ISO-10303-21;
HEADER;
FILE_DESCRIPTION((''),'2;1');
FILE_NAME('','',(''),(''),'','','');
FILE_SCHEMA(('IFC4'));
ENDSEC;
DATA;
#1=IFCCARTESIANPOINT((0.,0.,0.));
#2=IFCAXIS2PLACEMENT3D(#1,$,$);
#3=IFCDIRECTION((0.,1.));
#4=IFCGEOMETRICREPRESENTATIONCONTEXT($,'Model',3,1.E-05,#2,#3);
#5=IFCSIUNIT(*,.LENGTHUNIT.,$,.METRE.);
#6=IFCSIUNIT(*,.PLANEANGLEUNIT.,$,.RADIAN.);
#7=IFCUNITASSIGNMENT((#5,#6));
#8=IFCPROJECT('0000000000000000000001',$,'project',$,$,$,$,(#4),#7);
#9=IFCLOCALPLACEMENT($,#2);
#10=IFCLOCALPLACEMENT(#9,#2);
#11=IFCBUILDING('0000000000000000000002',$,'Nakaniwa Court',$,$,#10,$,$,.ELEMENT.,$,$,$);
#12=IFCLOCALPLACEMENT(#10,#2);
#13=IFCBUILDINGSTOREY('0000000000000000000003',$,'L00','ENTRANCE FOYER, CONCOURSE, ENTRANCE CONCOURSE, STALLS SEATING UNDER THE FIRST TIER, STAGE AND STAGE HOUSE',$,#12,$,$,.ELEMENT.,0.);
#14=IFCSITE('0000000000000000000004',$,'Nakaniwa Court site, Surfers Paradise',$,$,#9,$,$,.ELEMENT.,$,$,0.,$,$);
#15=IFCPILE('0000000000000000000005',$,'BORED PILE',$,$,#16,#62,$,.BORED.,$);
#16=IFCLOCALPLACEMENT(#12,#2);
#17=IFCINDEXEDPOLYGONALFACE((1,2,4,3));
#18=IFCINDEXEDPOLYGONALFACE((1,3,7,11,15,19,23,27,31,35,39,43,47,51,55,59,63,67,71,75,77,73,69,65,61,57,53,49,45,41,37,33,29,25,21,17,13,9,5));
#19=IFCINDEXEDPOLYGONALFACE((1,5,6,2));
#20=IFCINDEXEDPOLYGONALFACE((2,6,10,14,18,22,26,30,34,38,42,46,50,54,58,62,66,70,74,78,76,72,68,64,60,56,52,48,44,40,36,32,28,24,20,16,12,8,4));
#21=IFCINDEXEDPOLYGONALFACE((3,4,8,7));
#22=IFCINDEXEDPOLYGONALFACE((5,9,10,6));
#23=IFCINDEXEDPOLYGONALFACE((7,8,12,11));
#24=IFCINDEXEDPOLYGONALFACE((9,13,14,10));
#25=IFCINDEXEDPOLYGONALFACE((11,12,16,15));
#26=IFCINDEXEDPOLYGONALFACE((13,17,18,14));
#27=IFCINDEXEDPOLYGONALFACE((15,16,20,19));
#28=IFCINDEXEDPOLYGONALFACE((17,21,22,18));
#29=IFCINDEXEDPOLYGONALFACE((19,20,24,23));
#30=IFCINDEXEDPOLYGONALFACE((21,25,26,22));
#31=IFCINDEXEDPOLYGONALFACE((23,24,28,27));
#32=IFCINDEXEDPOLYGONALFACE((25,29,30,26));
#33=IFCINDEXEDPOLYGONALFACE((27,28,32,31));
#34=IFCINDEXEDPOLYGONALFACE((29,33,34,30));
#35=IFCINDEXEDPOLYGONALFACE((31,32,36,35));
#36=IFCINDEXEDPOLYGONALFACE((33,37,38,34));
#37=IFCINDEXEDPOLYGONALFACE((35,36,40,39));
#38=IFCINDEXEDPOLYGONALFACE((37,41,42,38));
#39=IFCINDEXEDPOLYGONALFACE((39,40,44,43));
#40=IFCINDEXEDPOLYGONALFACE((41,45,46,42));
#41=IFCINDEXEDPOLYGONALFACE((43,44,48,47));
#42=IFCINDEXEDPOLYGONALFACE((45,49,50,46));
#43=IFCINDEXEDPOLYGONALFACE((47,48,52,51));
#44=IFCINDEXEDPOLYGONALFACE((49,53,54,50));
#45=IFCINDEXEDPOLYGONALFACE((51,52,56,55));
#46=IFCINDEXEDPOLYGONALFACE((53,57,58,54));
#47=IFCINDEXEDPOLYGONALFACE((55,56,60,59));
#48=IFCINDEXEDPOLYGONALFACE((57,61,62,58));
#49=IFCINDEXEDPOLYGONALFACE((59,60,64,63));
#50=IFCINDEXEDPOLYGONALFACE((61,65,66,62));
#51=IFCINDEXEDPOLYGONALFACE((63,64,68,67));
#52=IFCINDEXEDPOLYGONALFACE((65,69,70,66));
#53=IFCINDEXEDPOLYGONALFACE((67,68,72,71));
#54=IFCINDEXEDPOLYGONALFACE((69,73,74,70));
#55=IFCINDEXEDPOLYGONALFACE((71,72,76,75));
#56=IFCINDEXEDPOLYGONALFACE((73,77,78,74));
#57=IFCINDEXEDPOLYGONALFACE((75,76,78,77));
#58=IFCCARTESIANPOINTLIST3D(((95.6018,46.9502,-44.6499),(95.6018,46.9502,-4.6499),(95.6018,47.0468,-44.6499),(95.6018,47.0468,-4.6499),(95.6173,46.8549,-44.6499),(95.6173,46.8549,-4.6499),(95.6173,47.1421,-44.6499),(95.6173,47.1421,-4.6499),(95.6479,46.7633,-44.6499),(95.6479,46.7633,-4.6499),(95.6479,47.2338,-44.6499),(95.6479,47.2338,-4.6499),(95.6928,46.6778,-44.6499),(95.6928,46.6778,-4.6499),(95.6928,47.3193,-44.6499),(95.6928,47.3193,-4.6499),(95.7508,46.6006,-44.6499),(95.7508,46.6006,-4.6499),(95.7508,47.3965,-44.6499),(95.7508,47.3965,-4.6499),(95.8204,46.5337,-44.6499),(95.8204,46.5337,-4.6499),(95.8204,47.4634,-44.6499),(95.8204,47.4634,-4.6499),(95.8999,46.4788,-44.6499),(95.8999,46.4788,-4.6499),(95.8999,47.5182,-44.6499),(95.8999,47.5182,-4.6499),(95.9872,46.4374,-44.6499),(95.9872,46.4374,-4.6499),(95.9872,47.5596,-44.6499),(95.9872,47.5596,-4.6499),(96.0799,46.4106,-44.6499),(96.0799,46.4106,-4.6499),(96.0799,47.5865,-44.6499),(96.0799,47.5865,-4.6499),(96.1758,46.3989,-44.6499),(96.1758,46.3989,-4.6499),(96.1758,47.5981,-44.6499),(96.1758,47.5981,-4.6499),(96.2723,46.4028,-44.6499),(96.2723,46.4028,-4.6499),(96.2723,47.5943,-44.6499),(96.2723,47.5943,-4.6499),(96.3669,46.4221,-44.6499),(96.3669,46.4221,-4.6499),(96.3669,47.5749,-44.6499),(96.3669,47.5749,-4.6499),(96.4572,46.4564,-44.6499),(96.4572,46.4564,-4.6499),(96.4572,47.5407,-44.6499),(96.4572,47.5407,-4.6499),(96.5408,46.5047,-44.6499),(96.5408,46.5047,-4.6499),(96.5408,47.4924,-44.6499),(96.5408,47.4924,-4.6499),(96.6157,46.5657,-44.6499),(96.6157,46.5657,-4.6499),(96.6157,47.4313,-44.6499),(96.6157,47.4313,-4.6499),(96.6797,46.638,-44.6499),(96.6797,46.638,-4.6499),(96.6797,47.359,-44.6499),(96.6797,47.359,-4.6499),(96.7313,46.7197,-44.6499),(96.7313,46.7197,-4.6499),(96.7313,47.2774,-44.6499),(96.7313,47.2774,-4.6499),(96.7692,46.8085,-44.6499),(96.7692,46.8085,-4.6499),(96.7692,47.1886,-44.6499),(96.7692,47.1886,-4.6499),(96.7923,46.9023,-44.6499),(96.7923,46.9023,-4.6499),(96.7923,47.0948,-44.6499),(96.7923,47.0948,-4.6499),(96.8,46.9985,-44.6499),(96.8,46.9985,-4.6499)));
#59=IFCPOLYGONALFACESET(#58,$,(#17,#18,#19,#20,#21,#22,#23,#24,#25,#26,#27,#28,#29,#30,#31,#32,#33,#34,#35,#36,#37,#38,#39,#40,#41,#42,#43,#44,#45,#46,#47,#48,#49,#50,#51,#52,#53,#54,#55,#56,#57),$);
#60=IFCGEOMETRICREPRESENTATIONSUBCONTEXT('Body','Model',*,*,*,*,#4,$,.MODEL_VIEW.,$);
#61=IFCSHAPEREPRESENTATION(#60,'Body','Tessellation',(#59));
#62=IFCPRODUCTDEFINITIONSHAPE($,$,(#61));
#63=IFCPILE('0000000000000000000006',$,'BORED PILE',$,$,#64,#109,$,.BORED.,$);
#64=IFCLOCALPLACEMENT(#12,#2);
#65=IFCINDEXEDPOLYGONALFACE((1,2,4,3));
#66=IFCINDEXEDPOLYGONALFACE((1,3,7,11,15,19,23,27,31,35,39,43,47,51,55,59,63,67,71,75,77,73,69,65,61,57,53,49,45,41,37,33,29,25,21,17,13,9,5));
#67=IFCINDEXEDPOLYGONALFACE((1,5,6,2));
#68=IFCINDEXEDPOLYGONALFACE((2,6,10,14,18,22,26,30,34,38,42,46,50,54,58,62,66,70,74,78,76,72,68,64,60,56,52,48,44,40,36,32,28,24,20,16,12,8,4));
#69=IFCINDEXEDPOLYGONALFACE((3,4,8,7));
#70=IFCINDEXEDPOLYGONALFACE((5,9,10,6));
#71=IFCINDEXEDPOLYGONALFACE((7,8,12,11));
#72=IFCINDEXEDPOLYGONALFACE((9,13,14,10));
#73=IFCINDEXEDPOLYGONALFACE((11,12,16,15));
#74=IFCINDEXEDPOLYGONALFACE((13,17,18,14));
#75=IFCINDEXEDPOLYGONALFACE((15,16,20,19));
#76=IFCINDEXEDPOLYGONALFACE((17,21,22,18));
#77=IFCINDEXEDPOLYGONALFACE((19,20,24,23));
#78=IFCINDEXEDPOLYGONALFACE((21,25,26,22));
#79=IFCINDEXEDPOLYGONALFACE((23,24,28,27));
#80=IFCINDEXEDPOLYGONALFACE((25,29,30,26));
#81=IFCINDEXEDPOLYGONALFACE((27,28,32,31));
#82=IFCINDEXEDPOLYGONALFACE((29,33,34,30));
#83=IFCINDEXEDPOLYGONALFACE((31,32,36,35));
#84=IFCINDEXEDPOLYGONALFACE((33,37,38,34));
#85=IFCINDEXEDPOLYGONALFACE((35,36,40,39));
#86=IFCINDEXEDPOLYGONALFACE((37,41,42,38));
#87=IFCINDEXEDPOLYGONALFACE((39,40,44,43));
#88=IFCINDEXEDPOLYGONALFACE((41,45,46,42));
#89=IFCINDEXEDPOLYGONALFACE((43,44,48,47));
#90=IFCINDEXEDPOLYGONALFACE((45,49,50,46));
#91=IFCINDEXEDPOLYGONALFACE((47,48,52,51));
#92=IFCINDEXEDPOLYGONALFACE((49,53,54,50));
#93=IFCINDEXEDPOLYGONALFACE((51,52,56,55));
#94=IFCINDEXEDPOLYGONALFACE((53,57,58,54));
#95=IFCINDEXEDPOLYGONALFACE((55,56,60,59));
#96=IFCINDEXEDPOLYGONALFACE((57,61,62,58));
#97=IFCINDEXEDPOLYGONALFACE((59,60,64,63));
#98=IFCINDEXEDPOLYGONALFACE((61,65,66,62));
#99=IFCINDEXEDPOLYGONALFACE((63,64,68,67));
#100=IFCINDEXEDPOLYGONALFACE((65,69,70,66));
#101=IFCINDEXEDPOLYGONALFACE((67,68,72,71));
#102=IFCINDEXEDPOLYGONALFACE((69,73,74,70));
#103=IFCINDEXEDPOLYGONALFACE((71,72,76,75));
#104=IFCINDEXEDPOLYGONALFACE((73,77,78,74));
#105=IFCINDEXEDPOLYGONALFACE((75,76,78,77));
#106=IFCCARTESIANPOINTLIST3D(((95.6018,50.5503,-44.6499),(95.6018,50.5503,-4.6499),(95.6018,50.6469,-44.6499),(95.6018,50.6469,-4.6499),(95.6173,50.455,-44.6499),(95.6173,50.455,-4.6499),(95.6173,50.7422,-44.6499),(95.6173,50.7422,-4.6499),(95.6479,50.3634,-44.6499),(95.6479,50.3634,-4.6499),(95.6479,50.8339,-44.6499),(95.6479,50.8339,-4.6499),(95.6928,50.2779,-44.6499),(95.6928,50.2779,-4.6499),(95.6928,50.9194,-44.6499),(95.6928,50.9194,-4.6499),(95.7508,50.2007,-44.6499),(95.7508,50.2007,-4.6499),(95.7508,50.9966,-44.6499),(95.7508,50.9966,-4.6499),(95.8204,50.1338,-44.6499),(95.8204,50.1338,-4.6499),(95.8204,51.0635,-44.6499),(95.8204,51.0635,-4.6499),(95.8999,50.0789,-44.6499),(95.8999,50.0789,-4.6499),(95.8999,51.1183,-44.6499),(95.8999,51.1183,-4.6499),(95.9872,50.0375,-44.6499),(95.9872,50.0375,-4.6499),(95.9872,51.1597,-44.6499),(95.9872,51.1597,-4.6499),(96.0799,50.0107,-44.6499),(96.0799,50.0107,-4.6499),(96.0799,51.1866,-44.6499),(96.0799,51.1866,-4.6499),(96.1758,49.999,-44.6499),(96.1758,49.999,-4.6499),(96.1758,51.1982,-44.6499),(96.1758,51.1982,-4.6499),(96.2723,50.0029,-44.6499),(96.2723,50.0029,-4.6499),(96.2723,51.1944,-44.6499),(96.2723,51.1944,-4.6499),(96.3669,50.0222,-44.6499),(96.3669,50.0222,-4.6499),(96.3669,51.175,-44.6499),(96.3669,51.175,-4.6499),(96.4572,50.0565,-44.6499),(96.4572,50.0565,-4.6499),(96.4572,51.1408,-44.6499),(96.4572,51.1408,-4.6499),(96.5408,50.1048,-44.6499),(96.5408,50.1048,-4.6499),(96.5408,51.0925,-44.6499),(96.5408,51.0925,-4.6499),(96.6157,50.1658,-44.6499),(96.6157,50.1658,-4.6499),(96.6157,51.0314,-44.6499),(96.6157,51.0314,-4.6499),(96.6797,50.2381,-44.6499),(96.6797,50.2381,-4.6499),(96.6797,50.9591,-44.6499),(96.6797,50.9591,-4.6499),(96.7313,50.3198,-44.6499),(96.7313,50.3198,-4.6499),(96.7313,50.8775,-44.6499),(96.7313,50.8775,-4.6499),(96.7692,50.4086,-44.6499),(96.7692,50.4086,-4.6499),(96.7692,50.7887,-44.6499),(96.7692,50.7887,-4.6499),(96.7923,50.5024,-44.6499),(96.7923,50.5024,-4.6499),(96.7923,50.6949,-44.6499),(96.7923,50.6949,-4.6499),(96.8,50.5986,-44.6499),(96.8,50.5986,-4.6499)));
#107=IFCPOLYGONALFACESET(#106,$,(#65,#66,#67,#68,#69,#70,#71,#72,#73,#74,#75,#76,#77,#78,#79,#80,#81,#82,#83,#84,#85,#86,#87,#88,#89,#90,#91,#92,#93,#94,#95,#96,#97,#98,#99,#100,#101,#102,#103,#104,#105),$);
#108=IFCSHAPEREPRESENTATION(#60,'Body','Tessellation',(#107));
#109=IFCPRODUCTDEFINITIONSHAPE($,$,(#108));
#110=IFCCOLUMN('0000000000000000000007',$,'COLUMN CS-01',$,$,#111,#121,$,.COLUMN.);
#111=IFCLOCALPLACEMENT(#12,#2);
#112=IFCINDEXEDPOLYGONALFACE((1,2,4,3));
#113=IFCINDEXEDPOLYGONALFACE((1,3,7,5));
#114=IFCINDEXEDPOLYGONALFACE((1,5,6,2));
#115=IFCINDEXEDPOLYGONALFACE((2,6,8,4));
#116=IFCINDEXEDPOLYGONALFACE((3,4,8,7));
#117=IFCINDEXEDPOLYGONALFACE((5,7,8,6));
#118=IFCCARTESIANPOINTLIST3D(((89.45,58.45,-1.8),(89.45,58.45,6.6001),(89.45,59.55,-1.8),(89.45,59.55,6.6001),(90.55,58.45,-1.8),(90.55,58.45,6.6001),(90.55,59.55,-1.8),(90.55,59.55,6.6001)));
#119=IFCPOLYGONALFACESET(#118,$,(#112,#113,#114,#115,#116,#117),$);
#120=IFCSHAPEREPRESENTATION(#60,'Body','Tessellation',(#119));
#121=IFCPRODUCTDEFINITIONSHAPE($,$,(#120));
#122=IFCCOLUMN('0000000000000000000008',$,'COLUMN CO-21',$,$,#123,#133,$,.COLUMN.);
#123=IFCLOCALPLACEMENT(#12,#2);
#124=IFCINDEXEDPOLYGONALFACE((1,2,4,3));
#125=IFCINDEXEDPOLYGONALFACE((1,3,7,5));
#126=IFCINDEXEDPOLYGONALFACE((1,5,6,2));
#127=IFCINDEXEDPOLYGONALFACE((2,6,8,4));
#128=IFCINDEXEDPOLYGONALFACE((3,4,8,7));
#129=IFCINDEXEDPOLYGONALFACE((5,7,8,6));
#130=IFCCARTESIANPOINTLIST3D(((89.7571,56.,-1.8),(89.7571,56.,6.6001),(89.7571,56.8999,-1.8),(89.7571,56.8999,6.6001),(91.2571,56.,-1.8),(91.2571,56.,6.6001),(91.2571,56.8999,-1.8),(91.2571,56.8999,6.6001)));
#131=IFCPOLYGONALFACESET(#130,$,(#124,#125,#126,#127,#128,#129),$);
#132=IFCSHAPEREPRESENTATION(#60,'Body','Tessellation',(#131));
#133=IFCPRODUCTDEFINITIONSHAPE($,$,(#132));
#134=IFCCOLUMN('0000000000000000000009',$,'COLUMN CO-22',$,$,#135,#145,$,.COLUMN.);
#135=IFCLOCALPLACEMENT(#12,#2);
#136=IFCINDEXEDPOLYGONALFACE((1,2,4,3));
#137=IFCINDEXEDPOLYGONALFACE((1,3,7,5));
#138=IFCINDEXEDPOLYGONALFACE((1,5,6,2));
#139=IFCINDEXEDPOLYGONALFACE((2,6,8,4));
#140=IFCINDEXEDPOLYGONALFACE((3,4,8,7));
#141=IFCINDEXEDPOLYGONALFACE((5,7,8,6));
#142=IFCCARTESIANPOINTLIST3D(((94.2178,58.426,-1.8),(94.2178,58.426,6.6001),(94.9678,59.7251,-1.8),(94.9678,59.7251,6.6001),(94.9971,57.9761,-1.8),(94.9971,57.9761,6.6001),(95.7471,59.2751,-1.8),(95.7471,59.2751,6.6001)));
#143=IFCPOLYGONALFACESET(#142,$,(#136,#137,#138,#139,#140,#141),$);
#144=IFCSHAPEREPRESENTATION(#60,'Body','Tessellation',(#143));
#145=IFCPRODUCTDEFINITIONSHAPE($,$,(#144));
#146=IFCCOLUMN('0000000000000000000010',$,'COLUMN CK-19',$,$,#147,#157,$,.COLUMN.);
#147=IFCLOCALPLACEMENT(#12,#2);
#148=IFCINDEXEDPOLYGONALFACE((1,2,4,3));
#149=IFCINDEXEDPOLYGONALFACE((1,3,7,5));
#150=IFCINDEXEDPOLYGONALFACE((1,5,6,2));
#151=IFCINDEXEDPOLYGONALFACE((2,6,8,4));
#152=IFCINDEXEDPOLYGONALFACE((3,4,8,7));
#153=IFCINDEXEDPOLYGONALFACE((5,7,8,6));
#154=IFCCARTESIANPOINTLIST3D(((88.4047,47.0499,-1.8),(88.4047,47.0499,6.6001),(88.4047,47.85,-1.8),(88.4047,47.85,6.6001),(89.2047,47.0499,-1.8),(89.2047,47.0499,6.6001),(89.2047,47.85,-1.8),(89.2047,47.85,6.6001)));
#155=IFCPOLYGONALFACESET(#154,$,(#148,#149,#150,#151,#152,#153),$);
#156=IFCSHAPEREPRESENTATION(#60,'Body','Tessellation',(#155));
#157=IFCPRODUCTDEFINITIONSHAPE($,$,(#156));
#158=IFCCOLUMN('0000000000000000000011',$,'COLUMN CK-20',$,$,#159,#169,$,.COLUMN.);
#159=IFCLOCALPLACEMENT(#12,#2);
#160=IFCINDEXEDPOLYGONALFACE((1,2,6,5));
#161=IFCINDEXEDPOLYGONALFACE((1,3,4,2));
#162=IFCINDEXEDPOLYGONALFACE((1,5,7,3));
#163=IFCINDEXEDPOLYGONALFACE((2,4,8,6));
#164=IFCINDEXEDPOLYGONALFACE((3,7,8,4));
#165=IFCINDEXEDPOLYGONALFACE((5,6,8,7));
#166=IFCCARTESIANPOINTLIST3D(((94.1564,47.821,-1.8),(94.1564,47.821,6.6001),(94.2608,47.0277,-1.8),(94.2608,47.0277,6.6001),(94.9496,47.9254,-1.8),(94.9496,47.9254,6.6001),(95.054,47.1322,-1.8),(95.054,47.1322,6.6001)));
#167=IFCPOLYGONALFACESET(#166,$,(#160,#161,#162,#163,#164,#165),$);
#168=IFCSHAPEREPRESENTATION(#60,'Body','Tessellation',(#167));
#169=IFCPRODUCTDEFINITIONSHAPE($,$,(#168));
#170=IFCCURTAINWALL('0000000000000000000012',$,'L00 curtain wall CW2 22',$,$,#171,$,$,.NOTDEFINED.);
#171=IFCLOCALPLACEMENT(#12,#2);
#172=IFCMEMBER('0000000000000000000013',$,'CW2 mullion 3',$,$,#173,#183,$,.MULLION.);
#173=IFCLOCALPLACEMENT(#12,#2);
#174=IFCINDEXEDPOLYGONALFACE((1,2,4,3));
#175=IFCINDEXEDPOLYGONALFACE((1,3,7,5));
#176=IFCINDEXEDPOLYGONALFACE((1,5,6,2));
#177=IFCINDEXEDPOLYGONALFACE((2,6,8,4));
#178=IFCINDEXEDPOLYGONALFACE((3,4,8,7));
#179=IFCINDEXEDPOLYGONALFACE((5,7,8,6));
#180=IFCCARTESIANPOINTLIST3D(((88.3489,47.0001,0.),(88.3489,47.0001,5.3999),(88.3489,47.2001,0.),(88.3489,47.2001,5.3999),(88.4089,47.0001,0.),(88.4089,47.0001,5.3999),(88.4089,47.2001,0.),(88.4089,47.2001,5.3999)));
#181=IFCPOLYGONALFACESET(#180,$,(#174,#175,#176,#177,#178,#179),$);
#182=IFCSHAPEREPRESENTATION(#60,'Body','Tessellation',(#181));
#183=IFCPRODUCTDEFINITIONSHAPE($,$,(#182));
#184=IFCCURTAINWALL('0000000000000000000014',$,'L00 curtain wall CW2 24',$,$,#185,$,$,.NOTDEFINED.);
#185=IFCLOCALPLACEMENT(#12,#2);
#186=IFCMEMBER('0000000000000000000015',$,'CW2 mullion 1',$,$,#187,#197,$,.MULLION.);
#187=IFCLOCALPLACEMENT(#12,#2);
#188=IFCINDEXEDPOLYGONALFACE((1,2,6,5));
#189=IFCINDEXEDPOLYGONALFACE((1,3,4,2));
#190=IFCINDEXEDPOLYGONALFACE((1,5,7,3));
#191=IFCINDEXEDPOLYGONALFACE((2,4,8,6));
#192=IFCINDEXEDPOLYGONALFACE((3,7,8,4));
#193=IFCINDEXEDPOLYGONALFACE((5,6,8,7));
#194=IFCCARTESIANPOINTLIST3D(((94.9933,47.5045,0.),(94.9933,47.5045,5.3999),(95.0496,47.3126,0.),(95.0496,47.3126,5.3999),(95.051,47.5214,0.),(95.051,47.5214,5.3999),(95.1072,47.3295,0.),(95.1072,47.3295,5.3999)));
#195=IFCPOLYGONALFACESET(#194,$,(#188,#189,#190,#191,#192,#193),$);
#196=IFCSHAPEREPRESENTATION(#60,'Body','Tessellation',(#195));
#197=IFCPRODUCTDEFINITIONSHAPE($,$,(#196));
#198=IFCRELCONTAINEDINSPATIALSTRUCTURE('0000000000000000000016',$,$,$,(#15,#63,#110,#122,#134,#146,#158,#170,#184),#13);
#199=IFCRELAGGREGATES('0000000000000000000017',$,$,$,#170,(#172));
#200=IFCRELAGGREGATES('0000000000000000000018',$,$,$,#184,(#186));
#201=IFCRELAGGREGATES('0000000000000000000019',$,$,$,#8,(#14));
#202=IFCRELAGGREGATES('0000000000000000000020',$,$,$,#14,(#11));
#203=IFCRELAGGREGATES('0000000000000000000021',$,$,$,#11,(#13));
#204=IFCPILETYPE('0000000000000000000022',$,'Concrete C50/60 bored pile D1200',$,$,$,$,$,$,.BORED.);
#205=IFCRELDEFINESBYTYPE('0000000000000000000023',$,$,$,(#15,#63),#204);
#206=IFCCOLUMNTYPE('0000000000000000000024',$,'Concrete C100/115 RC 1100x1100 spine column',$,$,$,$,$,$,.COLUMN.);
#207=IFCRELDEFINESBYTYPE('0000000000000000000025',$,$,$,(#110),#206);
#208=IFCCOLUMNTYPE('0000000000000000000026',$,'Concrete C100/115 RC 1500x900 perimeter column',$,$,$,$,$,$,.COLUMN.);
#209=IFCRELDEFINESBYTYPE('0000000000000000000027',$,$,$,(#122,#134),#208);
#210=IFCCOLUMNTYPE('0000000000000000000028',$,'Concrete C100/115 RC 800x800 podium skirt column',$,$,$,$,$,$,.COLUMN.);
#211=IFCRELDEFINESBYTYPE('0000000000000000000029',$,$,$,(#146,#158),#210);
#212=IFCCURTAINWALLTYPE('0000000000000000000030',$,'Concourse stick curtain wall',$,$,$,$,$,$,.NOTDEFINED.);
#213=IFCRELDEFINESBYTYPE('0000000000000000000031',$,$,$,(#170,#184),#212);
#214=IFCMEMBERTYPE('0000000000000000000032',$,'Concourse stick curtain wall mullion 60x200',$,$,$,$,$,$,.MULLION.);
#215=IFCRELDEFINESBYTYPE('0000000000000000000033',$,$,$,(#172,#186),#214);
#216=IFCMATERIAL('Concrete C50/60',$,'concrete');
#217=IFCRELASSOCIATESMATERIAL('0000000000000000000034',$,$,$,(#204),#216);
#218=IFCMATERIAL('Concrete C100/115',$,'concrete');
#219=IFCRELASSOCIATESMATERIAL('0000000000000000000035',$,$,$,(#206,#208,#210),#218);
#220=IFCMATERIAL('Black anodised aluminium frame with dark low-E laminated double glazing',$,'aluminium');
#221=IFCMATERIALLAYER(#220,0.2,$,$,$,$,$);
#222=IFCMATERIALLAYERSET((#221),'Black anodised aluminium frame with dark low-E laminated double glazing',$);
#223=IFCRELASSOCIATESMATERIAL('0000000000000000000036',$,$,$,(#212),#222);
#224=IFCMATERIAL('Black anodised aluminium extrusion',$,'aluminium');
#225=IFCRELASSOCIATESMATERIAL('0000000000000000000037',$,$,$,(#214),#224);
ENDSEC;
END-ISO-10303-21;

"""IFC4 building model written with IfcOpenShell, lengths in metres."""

from ifc_helpers import new_model, si_unit, direction, frame, origin, origin_2d, place, context, subcontext, project, spatial, rectangle, circle, extrude, material, layer, layer_set, material_profile, profile_set, type_object, element, aggregate, save


model = new_model("IFC4")

# Units and contexts
model_context = context("Model", 3, precision=1e-05, world=origin(), true_north=direction((0.0, 1.0)))
body_context = subcontext(model_context, "Body", "Model", "MODEL_VIEW")
ifc_project = project(units=[si_unit("LENGTHUNIT", "METRE"), si_unit("PLANEANGLEUNIT", "RADIAN")], contexts=[model_context])

# Site, building, storey
site_placement = place(None, origin())
site = spatial("IfcSite", under=ifc_project, at=site_placement, Name="Nakaniwa Court site, Surfers Paradise", CompositionType="ELEMENT", RefElevation=0.0)
building_placement = place(site_placement, origin())
building = spatial("IfcBuilding", under=site, at=building_placement, Name="Nakaniwa Court", CompositionType="ELEMENT")
storey_placement = place(building_placement, origin())
storey = spatial("IfcBuildingStorey", under=building, at=storey_placement, Name="L00", Description="ENTRANCE FOYER, CONCOURSE, ENTRANCE CONCOURSE, STALLS SEATING UNDER THE FIRST TIER, STAGE AND STAGE HOUSE", CompositionType="ELEMENT", Elevation=0.0)

# Piles
ifc_material_1 = material(Name="Concrete C50/60", Category="concrete")
ifc_material_profile_1 = material_profile(ifc_material_1, circle(Radius=0.6001, at=origin_2d()), Name="Concrete C50/60 bored pile D1200")
ifc_profile_set_1 = profile_set([ifc_material_profile_1], Name="Concrete C50/60")
pile_type = type_object("IfcPileType", Name="Concrete C50/60 bored pile D1200", PredefinedType="BORED", material=ifc_profile_set_1)
for number, where, z_axis, x_axis, name in (
    (1, (96.2, 46.9985, -4.6499), (0.0, 0.0, -1.0), (1.0, 0.0, 0.0), "BORED PILE"),
    (2, (96.2, 50.5986, -4.6499), (0.0, 0.0, -1.0), (1.0, 0.0, 0.0), "BORED PILE"),
):
    element("IfcPile", number, at=place(storey_placement, frame(where, z_axis=z_axis, x_axis=x_axis)), inside=storey, type_object=pile_type, Name=name, PredefinedType="BORED", context=body_context, shape_type="SweptSolid", body=[
        extrude(circle(Radius=0.6001, at=origin_2d()), origin(), (0.0, 0.0, 1.0), 40.0),
    ])

# Columns
ifc_material_2 = material(Name="Concrete C100/115", Category="concrete")
ifc_material_profile_2 = material_profile(ifc_material_2, rectangle(XDim=1.1001, YDim=1.1001, at=origin_2d()), Name="Concrete C100/115 RC 1100x1100 spine column")
ifc_profile_set_2 = profile_set([ifc_material_profile_2], Name="Concrete C100/115")
column_type_1 = type_object("IfcColumnType", Name="Concrete C100/115 RC 1100x1100 spine column", PredefinedType="COLUMN", material=ifc_profile_set_2)
column_placement = place(storey_placement, frame((90.0, 59.0, -1.8), z_axis=(0.0, 0.0, 1.0), x_axis=(0.0, 1.0, 0.0)))
element("IfcColumn", 3, at=column_placement, inside=storey, type_object=column_type_1, Name="COLUMN CS-01", PredefinedType="COLUMN", context=body_context, shape_type="SweptSolid", body=[
    extrude(rectangle(XDim=1.1001, YDim=1.1001, at=origin_2d()), origin(), (0.0, 0.0, 1.0), 8.4001),
])
ifc_material_profile_3 = material_profile(ifc_material_2, rectangle(XDim=1.5, YDim=0.8999, at=origin_2d()), Name="Concrete C100/115 RC 1500x900 perimeter column")
ifc_profile_set_3 = profile_set([ifc_material_profile_3], Name="Concrete C100/115")
column_type_2 = type_object("IfcColumnType", Name="Concrete C100/115 RC 1500x900 perimeter column", PredefinedType="COLUMN", material=ifc_profile_set_3)
for number, where, z_axis, x_axis, name in (
    (4, (90.5071, 56.45, -1.8), (0.0, 0.0, 1.0), (1.0, 0.0, 0.0), "COLUMN CO-21"),
    (5, (94.9824, 58.8506, -1.8), (0.0, 0.0, 1.0), (0.5, 0.866025, 0.0), "COLUMN CO-22"),
):
    element("IfcColumn", number, at=place(storey_placement, frame(where, z_axis=z_axis, x_axis=x_axis)), inside=storey, type_object=column_type_2, Name=name, PredefinedType="COLUMN", context=body_context, shape_type="SweptSolid", body=[
        extrude(rectangle(XDim=1.5, YDim=0.8999, at=origin_2d()), origin(), (0.0, 0.0, 1.0), 8.4001),
    ])
ifc_material_profile_4 = material_profile(ifc_material_2, rectangle(XDim=0.8, YDim=0.8, at=origin_2d()), Name="Concrete C100/115 RC 800x800 podium skirt column")
ifc_profile_set_4 = profile_set([ifc_material_profile_4], Name="Concrete C100/115")
column_type_3 = type_object("IfcColumnType", Name="Concrete C100/115 RC 800x800 podium skirt column", PredefinedType="COLUMN", material=ifc_profile_set_4)
for number, where, z_axis, x_axis, name in (
    (6, (88.8047, 47.45, -1.8), (0.0, 0.0, 1.0), (1.0, 0.0, 0.0), "COLUMN CK-19"),
    (7, (94.6052, 47.4766, -1.8), (0.0, 0.0, 1.0), (0.991445, 0.130526, 0.0), "COLUMN CK-20"),
):
    element("IfcColumn", number, at=place(storey_placement, frame(where, z_axis=z_axis, x_axis=x_axis)), inside=storey, type_object=column_type_3, Name=name, PredefinedType="COLUMN", context=body_context, shape_type="SweptSolid", body=[
        extrude(rectangle(XDim=0.8, YDim=0.8, at=origin_2d()), origin(), (0.0, 0.0, 1.0), 8.4001),
    ])

# Curtain wall, member
ifc_material_3 = material(Name="Black anodised aluminium frame with dark low-E laminated double glazing", Category="aluminium")
ifc_layer_1 = layer(ifc_material_3, 0.2)
ifc_layer_set_1 = layer_set([ifc_layer_1], Name="Black anodised aluminium frame with dark low-E laminated double glazing")
curtain_wall_type = type_object("IfcCurtainWallType", Name="Concourse stick curtain wall", PredefinedType="NOTDEFINED", material=ifc_layer_set_1)
curtain_wall_1_placement = place(storey_placement, origin())
curtain_wall_1 = element("IfcCurtainWall", 8, at=curtain_wall_1_placement, inside=storey, type_object=curtain_wall_type, Name="L00 curtain wall CW2 22", PredefinedType="NOTDEFINED")
ifc_material_4 = material(Name="Black anodised aluminium extrusion", Category="aluminium")
ifc_material_profile_5 = material_profile(ifc_material_4, rectangle(XDim=0.2, YDim=0.0601, at=origin_2d()), Name="Concourse stick curtain wall mullion 60x200")
ifc_profile_set_5 = profile_set([ifc_material_profile_5], Name="Black anodised aluminium extrusion")
member_type_1 = type_object("IfcMemberType", Name="Concourse stick curtain wall mullion 60x200", PredefinedType="MULLION", material=ifc_profile_set_5)
member_1_placement = place(storey_placement, frame((88.3789, 47.1001, 0.0), z_axis=(0.0, 0.0, 1.0), x_axis=(0.0, 1.0, 0.0)))
member_1 = element("IfcMember", 9, at=member_1_placement, type_object=member_type_1, Name="CW2 mullion 3", PredefinedType="MULLION", context=body_context, shape_type="SweptSolid", body=[
    extrude(rectangle(XDim=0.2, YDim=0.0601, at=origin_2d()), origin(), (0.0, 0.0, 1.0), 5.3999),
])
aggregate(curtain_wall_1, [member_1])

# Curtain wall, member
curtain_wall_2_placement = place(storey_placement, origin())
curtain_wall_2 = element("IfcCurtainWall", 10, at=curtain_wall_2_placement, inside=storey, type_object=curtain_wall_type, Name="L00 curtain wall CW2 24", PredefinedType="NOTDEFINED")
member_2_placement = place(storey_placement, frame((95.0503, 47.417, 0.0), z_axis=(0.0, 0.0, 1.0), x_axis=(-0.281442, 0.959578, 0.0)))
member_2 = element("IfcMember", 11, at=member_2_placement, type_object=member_type_1, Name="CW2 mullion 1", PredefinedType="MULLION", context=body_context, shape_type="SweptSolid", body=[
    extrude(rectangle(XDim=0.2, YDim=0.0601, at=origin_2d()), origin(), (0.0, 0.0, 1.0), 5.3999),
])
aggregate(curtain_wall_2, [member_2])

save(model, "model.ifc")
